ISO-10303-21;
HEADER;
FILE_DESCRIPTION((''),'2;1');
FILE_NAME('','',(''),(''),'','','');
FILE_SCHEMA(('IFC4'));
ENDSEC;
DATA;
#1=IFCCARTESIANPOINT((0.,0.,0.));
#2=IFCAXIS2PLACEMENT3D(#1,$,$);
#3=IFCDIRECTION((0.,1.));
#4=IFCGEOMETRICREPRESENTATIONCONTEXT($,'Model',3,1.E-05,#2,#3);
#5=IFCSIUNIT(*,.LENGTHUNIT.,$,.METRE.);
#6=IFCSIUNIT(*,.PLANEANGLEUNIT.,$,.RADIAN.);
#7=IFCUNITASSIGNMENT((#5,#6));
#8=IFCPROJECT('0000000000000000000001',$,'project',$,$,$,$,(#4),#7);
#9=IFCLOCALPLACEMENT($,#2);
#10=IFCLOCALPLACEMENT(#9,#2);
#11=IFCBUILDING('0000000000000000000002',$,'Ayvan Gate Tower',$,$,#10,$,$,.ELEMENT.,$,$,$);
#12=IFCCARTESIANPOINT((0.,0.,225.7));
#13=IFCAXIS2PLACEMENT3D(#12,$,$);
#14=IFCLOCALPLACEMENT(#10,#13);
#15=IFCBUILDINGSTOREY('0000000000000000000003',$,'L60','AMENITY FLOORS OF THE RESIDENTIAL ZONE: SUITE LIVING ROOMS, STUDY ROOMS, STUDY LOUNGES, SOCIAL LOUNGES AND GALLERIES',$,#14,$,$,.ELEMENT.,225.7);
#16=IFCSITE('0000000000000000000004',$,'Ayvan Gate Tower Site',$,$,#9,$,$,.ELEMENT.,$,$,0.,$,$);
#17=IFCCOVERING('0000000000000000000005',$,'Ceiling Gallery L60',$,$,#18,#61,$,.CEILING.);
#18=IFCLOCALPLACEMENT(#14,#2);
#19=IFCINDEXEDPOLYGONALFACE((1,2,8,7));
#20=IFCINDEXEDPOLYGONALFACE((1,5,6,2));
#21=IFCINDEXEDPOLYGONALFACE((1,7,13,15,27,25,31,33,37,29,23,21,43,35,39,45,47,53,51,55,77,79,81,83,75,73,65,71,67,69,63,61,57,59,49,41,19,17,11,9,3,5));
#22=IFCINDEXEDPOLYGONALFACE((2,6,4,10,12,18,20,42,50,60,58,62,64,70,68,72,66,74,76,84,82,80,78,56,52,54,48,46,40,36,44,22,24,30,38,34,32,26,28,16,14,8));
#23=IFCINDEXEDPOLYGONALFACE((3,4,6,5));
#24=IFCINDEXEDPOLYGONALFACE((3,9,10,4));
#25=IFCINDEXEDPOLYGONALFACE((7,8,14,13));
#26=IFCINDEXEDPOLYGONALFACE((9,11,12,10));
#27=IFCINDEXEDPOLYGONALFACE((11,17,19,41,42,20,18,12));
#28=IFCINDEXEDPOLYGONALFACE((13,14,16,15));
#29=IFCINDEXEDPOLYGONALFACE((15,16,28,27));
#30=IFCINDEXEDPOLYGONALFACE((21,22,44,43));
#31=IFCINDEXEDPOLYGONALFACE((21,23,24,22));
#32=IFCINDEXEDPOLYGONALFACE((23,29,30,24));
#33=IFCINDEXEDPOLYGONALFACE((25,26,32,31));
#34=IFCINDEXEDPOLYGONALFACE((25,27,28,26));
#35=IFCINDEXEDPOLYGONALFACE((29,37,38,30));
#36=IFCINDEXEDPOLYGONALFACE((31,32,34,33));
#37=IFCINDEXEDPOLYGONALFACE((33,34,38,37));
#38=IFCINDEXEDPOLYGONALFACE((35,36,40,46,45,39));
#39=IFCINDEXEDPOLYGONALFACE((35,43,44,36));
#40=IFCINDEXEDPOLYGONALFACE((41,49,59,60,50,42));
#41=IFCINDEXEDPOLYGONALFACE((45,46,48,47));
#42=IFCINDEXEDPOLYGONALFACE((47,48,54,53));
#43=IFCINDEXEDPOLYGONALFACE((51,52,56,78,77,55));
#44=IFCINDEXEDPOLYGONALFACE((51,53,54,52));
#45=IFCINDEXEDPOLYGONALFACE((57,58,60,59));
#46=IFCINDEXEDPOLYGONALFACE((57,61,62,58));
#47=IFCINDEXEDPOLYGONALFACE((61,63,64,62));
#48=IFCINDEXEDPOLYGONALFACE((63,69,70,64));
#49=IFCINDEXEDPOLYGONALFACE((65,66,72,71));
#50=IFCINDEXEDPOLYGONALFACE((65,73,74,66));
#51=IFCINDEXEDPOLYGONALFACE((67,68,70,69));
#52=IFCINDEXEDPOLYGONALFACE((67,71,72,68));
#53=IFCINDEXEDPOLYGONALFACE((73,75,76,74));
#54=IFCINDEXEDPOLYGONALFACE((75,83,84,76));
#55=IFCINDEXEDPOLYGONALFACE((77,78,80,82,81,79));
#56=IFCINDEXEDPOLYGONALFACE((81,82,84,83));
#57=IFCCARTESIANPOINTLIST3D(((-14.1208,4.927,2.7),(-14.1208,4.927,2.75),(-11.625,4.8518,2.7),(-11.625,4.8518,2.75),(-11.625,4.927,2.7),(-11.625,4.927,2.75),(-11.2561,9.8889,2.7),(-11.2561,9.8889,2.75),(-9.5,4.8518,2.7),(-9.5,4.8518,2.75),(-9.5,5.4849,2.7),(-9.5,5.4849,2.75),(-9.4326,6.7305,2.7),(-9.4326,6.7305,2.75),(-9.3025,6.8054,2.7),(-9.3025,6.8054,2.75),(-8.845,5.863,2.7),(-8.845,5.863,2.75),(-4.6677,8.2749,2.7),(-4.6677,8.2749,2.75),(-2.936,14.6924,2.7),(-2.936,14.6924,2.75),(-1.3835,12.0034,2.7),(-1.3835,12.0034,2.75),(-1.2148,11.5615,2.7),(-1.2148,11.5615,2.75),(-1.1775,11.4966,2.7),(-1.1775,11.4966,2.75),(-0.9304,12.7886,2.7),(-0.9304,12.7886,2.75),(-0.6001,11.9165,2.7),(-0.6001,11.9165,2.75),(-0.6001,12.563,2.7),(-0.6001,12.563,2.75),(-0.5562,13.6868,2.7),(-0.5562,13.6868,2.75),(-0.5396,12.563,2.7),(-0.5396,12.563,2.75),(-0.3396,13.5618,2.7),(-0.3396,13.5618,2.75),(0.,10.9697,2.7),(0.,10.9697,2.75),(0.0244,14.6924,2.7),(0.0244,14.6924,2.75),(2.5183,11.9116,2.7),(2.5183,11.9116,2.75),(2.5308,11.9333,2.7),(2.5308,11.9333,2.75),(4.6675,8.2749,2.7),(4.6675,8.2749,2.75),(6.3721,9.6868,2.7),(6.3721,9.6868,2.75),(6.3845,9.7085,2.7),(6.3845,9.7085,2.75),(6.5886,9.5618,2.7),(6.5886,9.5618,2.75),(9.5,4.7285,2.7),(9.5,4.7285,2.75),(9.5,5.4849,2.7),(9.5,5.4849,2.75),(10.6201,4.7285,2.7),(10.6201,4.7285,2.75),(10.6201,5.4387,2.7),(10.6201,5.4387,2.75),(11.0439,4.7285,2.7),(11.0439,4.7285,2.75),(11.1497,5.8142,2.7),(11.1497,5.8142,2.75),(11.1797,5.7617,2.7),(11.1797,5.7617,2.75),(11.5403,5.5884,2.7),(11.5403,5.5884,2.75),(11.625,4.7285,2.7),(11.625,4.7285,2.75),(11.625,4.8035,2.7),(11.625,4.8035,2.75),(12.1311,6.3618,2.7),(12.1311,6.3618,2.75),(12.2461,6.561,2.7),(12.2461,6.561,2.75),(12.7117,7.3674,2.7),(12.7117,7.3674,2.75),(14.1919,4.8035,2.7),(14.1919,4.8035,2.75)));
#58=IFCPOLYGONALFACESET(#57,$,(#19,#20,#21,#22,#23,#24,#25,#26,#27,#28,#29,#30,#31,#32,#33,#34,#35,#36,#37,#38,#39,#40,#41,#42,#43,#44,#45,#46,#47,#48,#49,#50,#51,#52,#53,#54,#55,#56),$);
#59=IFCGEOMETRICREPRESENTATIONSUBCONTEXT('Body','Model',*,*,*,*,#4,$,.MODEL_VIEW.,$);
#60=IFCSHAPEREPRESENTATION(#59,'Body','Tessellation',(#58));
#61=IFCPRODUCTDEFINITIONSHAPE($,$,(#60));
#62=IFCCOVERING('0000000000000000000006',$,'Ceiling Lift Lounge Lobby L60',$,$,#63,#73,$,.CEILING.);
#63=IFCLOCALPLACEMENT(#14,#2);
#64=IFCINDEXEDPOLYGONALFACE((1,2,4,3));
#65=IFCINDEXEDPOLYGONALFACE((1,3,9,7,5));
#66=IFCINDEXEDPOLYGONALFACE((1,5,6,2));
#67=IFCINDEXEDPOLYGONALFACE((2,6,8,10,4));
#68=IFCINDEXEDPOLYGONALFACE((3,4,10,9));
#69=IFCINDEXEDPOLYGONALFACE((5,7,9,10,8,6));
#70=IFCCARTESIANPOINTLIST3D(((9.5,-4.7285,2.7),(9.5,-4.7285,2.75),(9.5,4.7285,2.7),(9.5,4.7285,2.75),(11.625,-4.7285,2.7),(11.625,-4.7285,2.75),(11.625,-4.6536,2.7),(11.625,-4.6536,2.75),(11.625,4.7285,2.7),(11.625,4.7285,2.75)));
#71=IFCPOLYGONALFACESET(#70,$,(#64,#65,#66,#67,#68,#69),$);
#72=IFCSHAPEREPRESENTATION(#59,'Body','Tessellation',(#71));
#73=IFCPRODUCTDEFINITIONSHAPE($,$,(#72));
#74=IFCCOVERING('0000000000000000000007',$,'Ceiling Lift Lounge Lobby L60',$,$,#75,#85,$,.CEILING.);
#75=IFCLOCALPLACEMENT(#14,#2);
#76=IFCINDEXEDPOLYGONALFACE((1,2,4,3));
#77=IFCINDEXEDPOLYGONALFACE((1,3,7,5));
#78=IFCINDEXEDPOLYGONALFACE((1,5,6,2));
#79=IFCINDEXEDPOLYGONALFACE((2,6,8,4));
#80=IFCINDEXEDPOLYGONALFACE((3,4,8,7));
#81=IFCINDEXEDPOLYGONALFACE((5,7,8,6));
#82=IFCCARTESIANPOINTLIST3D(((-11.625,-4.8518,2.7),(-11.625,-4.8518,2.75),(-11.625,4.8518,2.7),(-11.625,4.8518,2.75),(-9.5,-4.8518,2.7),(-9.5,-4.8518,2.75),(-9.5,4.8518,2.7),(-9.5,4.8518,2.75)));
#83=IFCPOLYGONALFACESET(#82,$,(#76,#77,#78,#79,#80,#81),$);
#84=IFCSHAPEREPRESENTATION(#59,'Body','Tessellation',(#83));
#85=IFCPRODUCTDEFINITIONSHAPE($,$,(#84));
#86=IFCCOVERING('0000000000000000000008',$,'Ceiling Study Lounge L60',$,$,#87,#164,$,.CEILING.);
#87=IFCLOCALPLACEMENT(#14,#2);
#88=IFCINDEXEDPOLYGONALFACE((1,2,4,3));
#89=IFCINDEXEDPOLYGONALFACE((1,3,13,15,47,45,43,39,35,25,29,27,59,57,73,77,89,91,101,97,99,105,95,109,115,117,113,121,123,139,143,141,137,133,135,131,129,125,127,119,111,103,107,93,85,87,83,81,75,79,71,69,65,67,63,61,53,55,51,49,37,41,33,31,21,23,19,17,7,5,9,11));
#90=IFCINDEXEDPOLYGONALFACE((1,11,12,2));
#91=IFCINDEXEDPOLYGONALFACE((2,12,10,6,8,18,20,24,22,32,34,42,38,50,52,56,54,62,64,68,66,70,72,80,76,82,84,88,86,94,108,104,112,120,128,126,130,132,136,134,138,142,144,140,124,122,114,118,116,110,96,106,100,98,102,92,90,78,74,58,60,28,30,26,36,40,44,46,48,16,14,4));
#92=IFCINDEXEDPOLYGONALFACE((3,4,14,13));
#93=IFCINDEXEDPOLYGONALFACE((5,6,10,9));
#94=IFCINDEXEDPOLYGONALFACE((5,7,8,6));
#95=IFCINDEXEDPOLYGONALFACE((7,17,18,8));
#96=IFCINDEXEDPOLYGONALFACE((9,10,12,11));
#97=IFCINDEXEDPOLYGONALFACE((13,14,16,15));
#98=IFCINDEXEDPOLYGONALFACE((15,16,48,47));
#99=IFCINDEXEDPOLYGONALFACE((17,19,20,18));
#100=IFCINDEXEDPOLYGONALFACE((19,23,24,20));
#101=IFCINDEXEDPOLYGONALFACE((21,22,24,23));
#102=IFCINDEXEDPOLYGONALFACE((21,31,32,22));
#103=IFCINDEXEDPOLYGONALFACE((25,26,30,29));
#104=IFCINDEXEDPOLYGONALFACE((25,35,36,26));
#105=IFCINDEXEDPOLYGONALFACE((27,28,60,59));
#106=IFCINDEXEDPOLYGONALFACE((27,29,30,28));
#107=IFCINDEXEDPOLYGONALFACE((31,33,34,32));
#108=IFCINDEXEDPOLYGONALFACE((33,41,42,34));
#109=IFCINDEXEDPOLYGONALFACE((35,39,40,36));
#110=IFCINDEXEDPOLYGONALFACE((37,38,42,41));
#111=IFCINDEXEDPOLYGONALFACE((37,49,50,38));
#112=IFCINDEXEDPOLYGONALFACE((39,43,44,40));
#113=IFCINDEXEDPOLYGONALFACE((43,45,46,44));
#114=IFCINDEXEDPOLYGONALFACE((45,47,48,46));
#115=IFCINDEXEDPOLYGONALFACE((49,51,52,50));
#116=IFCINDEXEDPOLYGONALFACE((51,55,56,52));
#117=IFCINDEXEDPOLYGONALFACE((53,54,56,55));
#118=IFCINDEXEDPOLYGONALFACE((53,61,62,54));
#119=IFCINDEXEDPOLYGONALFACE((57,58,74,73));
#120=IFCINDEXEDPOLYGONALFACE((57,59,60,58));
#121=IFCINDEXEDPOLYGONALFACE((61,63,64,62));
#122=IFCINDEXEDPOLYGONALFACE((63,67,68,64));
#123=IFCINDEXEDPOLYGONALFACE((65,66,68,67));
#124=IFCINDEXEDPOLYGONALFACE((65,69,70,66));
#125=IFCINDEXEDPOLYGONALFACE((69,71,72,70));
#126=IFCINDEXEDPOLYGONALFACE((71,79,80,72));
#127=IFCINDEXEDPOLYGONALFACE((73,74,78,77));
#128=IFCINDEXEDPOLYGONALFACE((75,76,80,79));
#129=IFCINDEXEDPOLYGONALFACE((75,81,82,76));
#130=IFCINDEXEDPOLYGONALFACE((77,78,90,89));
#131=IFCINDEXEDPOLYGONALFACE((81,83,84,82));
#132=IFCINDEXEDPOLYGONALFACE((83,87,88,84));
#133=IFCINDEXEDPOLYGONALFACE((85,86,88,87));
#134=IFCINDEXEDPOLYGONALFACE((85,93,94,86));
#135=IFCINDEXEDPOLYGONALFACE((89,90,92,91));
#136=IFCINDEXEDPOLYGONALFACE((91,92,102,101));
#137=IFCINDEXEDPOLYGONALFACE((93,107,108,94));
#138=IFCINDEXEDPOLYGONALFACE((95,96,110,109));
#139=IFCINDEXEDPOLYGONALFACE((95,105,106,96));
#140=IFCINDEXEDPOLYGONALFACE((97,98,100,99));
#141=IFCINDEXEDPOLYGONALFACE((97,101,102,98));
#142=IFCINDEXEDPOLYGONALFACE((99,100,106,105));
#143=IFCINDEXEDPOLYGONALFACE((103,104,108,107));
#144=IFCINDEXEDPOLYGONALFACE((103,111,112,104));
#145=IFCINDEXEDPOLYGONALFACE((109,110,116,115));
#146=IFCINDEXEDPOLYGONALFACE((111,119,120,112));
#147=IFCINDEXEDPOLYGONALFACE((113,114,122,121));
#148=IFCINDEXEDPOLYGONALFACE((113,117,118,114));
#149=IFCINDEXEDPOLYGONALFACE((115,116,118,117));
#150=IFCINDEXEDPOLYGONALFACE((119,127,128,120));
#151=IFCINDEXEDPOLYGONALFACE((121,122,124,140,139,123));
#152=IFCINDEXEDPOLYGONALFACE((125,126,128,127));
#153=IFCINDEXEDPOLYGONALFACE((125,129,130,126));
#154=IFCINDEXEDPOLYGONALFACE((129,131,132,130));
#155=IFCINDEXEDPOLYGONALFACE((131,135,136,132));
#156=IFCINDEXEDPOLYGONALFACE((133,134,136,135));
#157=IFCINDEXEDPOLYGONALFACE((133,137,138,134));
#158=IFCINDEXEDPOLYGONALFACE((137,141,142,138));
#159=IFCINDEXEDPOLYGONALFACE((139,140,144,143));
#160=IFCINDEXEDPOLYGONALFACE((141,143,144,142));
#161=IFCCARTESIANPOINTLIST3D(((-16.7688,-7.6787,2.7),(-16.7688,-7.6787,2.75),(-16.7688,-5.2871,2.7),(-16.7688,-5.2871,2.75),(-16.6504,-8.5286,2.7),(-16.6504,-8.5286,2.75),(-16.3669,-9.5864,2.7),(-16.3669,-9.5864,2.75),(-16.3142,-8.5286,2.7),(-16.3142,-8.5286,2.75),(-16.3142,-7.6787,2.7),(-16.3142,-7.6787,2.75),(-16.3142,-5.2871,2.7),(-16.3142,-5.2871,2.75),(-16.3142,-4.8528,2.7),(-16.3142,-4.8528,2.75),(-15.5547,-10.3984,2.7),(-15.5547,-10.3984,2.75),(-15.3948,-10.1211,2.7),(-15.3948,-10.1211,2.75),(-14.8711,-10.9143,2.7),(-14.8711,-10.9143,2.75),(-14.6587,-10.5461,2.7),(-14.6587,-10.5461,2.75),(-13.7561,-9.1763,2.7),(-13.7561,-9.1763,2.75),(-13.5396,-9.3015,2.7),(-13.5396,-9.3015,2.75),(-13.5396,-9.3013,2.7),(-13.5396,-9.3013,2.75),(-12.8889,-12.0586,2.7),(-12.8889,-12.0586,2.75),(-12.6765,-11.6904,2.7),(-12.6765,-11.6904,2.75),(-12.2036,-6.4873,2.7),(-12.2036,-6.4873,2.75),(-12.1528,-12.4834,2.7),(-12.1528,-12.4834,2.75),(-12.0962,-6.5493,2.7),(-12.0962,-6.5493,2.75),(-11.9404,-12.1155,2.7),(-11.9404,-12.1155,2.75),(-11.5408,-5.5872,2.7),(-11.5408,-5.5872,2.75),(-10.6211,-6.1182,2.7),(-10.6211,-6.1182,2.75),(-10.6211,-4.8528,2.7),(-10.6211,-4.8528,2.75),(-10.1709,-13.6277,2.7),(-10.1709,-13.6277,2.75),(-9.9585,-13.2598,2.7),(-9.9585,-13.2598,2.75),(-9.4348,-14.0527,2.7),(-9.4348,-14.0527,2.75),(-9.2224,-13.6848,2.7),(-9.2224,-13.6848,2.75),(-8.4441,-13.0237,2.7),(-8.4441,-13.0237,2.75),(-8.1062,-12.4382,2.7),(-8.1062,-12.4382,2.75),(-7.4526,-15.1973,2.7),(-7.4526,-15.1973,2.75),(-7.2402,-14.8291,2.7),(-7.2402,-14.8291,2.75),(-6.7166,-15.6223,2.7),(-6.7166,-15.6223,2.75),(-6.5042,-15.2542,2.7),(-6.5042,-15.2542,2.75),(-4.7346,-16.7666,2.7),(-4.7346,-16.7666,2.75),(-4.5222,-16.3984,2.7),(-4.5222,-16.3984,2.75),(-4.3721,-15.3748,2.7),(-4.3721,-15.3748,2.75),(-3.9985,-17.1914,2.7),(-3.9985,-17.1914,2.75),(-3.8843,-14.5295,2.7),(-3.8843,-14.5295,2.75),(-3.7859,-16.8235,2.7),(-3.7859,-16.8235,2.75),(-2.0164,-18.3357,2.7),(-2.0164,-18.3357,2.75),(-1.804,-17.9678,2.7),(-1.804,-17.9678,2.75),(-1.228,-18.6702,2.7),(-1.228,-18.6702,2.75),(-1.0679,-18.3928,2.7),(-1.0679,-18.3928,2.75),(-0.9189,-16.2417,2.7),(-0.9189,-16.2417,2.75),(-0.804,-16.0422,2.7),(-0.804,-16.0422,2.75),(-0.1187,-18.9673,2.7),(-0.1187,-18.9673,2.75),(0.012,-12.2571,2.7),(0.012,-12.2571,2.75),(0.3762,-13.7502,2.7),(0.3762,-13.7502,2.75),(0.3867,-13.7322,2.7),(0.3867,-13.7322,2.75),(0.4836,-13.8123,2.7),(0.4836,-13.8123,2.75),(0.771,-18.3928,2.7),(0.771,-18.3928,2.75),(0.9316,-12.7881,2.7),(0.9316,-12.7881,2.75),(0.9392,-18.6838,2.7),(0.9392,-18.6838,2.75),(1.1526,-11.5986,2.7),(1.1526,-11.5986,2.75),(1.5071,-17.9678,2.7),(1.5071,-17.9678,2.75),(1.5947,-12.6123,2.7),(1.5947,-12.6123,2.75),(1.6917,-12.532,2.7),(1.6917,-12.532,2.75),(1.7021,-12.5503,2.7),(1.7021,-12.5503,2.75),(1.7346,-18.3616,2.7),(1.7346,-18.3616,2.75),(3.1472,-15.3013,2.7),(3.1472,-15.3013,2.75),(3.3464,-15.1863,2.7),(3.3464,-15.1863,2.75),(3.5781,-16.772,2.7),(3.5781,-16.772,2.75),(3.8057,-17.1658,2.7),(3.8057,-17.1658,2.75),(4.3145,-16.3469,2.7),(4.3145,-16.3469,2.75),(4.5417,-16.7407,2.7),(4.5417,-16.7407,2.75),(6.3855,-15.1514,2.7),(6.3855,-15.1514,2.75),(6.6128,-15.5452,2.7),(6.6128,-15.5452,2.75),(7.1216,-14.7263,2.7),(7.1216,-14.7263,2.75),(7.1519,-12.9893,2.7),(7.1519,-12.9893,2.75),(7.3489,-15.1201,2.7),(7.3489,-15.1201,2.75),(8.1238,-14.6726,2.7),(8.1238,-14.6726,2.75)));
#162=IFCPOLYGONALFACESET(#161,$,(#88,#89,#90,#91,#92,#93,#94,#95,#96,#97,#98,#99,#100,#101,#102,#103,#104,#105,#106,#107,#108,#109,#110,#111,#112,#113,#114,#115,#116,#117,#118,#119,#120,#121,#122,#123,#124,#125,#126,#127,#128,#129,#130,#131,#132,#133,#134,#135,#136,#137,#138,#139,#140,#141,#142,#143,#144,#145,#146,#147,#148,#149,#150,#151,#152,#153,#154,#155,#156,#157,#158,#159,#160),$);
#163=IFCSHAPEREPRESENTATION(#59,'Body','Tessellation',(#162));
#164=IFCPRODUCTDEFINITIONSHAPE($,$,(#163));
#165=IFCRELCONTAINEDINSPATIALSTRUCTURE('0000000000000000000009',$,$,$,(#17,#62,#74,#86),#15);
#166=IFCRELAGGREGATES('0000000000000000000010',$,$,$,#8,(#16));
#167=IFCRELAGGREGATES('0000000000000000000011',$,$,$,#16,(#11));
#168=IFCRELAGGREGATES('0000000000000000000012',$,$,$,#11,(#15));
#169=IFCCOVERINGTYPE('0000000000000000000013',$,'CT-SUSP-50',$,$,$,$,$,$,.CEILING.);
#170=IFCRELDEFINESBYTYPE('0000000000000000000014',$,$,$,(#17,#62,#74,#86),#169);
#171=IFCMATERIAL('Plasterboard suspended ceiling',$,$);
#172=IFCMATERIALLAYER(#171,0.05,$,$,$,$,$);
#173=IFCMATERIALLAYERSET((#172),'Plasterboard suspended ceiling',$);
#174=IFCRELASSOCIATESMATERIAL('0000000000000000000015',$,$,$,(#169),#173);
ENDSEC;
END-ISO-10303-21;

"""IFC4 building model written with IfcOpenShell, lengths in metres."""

from ifc_helpers import new_model, si_unit, direction, frame, origin, place, context, subcontext, project, spatial, polyline, outline, extrude, material, layer, layer_set, type_object, element, save


model = new_model("IFC4")

# Units and contexts
model_context = context("Model", 3, precision=1e-05, world=origin(), true_north=direction((0.0, 1.0)))
body_context = subcontext(model_context, "Body", "Model", "MODEL_VIEW")
ifc_project = project(units=[si_unit("LENGTHUNIT", "METRE"), si_unit("PLANEANGLEUNIT", "RADIAN")], contexts=[model_context])

# Site, building, storey
site_placement = place(None, origin())
site = spatial("IfcSite", under=ifc_project, at=site_placement, Name="Ayvan Gate Tower Site", CompositionType="ELEMENT", RefElevation=0.0)
building_placement = place(site_placement, origin())
building = spatial("IfcBuilding", under=site, at=building_placement, Name="Ayvan Gate Tower", CompositionType="ELEMENT")
storey_placement = place(building_placement, frame((0.0, 0.0, 225.7)))
storey = spatial("IfcBuildingStorey", under=building, at=storey_placement, Name="L60", Description="AMENITY FLOORS OF THE RESIDENTIAL ZONE: SUITE LIVING ROOMS, STUDY ROOMS, STUDY LOUNGES, SOCIAL LOUNGES AND GALLERIES", CompositionType="ELEMENT", Elevation=225.7)

# Coverings
ifc_material_1 = material(Name="Plasterboard suspended ceiling")
ifc_layer_1 = layer(ifc_material_1, 0.05)
ifc_layer_set_1 = layer_set([ifc_layer_1], Name="Plasterboard suspended ceiling")
covering_type = type_object("IfcCoveringType", Name="CT-SUSP-50", PredefinedType="CEILING", material=ifc_layer_set_1)
covering_1_placement = place(storey_placement, frame((0.0, 0.0, 2.7)))
element("IfcCovering", 1, at=covering_1_placement, inside=storey, type_object=covering_type, Name="Ceiling Gallery L60", PredefinedType="CEILING", context=body_context, shape_type="SweptSolid", body=[
    extrude(outline(polyline([(-9.3025, 6.8054), (-9.3025, 6.8054), (-1.1775, 11.4966), (-1.2148, 11.5615), (-0.6001, 11.9165), (-0.6001, 12.563), (-0.5396, 12.563), (-0.9304, 12.7886), (-1.3835, 12.0034), (-2.936, 14.6924), (0.0244, 14.6924), (-0.5562, 13.6868), (-0.3396, 13.5618), (2.5183, 11.9116), (2.5308, 11.9333), (6.3845, 9.7085), (6.3721, 9.6868), (6.5886, 9.5618), (12.1311, 6.3618), (12.2461, 6.561), (12.7117, 7.3674), (14.1919, 4.8035), (11.625, 4.8035), (11.625, 4.7285), (11.0439, 4.7285), (11.5403, 5.5884), (11.1497, 5.8142), (11.1797, 5.7617), (10.6201, 5.4387), (10.6201, 4.7285), (9.5, 4.7285), (9.5, 5.4849), (4.6675, 8.2749), (0.0, 10.9697), (-4.6677, 8.2749), (-8.845, 5.863), (-9.5, 5.4849), (-9.5, 4.8518), (-11.625, 4.8518), (-11.625, 4.927), (-14.1208, 4.927), (-11.2561, 9.8889), (-9.4326, 6.7305), (-9.3025, 6.8054)])), origin(), (0.0, 0.0, 1.0), 0.05),
])
covering_2_placement = place(storey_placement, frame((0.0, 0.0, 2.7)))
element("IfcCovering", 2, at=covering_2_placement, inside=storey, type_object=covering_type, Name="Ceiling Lift Lounge Lobby L60", PredefinedType="CEILING", context=body_context, shape_type="SweptSolid", body=[
    extrude(outline(polyline([(11.625, -4.7285), (9.5, -4.7285), (9.5, 4.7285), (11.625, 4.7285), (11.625, -4.6536), (11.625, -4.6536), (11.625, -4.7285)])), origin(), (0.0, 0.0, 1.0), 0.05),
])
covering_3_placement = place(storey_placement, frame((0.0, 0.0, 2.7)))
element("IfcCovering", 3, at=covering_3_placement, inside=storey, type_object=covering_type, Name="Ceiling Lift Lounge Lobby L60", PredefinedType="CEILING", context=body_context, shape_type="SweptSolid", body=[
    extrude(outline(polyline([(-11.625, 4.8518), (-9.5, 4.8518), (-9.5, -4.8518), (-11.625, -4.8518), (-11.625, 4.8518)])), origin(), (0.0, 0.0, 1.0), 0.05),
])
covering_4_placement = place(storey_placement, frame((0.0, 0.0, 2.7)))
element("IfcCovering", 4, at=covering_4_placement, inside=storey, type_object=covering_type, Name="Ceiling Study Lounge L60", PredefinedType="CEILING", context=body_context, shape_type="SweptSolid", body=[
    extrude(outline(polyline([(-13.5396, -9.3015), (-8.1062, -12.4382), (-8.4441, -13.0237), (-4.3721, -15.3748), (-3.8843, -14.5295), (-0.9189, -16.2417), (-0.804, -16.0422), (0.4836, -13.8123), (0.3762, -13.7502), (0.3867, -13.7322), (0.9316, -12.7881), (0.012, -12.2571), (1.1526, -11.5986), (1.6917, -12.532), (1.7021, -12.5503), (1.5947, -12.6123), (3.1472, -15.3013), (3.3464, -15.1863), (7.1519, -12.9893), (8.1238, -14.6726), (7.3489, -15.1201), (7.1216, -14.7263), (6.3855, -15.1514), (6.6128, -15.5452), (4.5417, -16.7407), (4.3145, -16.3469), (3.5781, -16.772), (3.8057, -17.1658), (1.7346, -18.3616), (1.5071, -17.9678), (0.771, -18.3928), (0.9392, -18.6838), (-0.1187, -18.9673), (-1.228, -18.6702), (-1.0679, -18.3928), (-1.804, -17.9678), (-2.0164, -18.3357), (-3.9985, -17.1914), (-3.7859, -16.8235), (-4.5222, -16.3984), (-4.7346, -16.7666), (-6.7166, -15.6223), (-6.5042, -15.2542), (-7.2402, -14.8291), (-7.4526, -15.1973), (-9.4348, -14.0527), (-9.2224, -13.6848), (-9.9585, -13.2598), (-10.1709, -13.6277), (-12.1528, -12.4834), (-11.9404, -12.1155), (-12.6765, -11.6904), (-12.8889, -12.0586), (-14.8711, -10.9143), (-14.6587, -10.5461), (-15.3948, -10.1211), (-15.5547, -10.3984), (-16.3669, -9.5864), (-16.6504, -8.5286), (-16.3142, -8.5286), (-16.3142, -7.6787), (-16.7688, -7.6787), (-16.7688, -5.2871), (-16.3142, -5.2871), (-16.3142, -4.8528), (-10.6211, -4.8528), (-10.6211, -6.1182), (-11.5408, -5.5872), (-12.0962, -6.5493), (-12.2036, -6.4873), (-13.7561, -9.1763), (-13.5396, -9.3013), (-13.5396, -9.3015)])), origin(), (0.0, 0.0, 1.0), 0.05),
])

save(model, "model.ifc")
